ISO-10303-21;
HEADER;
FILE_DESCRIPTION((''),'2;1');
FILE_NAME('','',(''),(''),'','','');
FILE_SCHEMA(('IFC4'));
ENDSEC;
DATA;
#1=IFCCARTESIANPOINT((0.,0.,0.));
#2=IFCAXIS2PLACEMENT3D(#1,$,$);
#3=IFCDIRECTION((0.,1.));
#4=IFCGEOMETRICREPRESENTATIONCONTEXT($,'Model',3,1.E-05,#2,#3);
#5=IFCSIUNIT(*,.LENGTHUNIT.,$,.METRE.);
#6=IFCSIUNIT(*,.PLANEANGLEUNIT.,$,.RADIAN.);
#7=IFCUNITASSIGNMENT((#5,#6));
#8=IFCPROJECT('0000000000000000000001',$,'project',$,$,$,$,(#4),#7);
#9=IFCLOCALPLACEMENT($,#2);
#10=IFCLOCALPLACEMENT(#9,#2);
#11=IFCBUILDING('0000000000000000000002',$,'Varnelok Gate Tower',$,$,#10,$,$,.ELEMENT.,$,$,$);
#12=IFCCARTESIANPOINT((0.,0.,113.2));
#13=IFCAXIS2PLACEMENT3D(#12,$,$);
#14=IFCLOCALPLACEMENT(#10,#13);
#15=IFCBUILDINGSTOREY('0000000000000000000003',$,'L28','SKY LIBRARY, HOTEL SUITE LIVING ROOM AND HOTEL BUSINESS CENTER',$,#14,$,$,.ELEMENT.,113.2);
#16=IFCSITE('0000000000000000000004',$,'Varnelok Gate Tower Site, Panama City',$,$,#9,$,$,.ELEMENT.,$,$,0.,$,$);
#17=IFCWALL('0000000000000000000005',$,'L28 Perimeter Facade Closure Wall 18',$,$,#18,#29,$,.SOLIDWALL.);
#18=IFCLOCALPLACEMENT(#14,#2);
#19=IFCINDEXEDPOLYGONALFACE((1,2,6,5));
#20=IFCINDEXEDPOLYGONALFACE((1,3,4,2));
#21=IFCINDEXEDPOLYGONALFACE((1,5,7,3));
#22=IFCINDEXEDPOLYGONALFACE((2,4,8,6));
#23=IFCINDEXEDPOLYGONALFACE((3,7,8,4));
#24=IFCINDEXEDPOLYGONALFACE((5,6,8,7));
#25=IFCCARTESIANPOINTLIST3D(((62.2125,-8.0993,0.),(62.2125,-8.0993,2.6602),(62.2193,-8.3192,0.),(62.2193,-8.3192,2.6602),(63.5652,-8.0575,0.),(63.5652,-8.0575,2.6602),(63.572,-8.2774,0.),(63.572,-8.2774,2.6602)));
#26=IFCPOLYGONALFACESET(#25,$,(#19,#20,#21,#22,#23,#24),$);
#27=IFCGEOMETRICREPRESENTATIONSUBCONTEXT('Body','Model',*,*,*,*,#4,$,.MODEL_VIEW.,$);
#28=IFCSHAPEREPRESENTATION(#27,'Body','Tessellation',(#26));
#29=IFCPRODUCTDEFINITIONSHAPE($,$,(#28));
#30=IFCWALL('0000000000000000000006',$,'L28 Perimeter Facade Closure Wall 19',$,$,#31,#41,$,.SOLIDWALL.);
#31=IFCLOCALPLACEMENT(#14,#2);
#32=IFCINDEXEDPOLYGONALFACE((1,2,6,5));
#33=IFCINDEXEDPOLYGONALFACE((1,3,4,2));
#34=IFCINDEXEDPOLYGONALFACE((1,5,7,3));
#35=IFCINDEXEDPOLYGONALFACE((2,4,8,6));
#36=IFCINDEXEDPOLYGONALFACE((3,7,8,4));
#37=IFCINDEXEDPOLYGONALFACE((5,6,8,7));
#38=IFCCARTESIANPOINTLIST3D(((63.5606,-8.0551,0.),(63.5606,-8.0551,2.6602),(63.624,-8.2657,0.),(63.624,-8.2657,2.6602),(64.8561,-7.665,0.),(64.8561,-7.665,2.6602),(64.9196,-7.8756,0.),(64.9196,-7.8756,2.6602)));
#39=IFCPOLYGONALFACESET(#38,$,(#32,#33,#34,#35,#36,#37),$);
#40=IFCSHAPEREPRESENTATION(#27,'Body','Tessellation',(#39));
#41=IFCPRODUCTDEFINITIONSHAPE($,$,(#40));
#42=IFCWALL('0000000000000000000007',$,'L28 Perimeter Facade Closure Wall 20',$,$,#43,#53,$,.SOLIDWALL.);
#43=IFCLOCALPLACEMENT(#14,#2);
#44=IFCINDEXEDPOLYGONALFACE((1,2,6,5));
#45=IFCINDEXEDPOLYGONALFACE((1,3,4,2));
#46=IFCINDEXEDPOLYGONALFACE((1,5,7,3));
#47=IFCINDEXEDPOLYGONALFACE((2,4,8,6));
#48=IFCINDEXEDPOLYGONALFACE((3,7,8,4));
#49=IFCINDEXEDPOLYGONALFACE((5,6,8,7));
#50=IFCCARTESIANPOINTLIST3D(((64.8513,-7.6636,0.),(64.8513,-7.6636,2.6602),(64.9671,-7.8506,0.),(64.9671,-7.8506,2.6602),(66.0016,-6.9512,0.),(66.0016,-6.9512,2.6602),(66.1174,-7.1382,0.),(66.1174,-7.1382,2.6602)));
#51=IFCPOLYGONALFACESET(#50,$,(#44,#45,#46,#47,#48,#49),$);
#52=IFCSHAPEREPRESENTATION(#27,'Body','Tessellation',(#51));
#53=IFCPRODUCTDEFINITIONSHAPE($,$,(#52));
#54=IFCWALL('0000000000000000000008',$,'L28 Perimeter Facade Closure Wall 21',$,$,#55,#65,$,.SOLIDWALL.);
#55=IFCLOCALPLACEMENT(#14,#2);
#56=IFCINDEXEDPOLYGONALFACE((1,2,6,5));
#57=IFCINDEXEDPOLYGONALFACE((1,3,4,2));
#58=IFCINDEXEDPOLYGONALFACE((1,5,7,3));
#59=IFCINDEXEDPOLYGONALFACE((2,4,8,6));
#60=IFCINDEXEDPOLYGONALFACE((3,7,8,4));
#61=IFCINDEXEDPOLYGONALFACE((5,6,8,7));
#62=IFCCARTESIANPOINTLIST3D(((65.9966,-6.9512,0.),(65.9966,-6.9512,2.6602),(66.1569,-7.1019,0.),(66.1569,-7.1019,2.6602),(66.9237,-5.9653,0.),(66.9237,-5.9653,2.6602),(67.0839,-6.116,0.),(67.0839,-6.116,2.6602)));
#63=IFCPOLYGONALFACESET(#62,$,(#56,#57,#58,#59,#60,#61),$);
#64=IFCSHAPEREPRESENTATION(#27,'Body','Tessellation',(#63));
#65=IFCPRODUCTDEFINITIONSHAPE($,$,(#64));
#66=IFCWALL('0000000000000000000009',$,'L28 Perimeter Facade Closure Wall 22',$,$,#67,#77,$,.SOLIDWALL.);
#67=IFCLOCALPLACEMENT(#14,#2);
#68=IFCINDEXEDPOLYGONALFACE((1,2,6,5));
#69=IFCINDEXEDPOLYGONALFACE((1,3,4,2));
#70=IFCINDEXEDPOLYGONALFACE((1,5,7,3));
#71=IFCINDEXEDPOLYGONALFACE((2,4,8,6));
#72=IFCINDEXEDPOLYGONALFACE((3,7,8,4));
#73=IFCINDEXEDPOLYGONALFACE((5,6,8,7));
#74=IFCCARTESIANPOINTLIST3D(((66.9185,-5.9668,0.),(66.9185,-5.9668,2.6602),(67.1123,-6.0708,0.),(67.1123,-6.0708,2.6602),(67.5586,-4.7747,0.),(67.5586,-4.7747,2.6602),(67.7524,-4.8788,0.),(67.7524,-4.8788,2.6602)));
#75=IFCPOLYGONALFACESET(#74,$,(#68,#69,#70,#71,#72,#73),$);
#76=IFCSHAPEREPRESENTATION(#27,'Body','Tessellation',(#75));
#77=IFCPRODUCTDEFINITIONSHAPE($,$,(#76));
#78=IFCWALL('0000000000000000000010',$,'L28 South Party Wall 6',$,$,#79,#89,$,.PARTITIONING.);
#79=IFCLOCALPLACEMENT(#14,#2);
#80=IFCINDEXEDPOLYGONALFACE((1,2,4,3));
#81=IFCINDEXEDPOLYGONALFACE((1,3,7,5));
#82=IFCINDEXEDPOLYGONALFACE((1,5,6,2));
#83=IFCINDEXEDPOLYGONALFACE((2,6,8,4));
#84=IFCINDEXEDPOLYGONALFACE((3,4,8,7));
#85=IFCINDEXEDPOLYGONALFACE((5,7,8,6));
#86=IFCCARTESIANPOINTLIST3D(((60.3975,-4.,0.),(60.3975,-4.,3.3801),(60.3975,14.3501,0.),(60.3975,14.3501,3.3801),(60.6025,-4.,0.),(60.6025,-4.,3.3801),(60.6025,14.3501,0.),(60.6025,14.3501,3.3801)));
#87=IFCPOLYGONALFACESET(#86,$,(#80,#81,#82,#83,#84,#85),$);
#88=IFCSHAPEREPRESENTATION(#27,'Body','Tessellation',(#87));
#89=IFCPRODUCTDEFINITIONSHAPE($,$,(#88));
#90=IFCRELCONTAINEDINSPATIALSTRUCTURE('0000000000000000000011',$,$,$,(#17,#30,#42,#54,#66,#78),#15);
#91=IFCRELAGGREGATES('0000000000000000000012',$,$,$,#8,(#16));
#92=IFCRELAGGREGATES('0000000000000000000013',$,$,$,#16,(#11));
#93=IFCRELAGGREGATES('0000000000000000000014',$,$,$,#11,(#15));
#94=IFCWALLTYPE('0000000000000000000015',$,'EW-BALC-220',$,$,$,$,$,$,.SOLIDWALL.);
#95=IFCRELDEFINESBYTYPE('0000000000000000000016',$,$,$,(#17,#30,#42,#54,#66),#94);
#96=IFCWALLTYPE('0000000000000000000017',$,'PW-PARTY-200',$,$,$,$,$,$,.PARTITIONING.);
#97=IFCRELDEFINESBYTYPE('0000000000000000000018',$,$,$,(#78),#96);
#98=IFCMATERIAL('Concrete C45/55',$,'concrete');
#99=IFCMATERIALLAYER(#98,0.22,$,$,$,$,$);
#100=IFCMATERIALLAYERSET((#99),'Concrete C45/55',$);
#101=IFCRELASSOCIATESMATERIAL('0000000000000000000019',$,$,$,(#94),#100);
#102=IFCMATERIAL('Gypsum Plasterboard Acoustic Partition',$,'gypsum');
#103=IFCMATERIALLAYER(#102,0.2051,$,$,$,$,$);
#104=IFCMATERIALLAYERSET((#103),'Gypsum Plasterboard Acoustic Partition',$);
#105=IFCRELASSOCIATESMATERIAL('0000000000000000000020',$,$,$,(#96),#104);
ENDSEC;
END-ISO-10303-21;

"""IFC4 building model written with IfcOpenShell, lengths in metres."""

from ifc_helpers import new_model, si_unit, direction, frame, frame_2d, origin, place, context, subcontext, project, spatial, rectangle, extrude, material, layer, layer_set, type_object, element, save


model = new_model("IFC4")

# Units and contexts
model_context = context("Model", 3, precision=1e-05, world=origin(), true_north=direction((0.0, 1.0)))
body_context = subcontext(model_context, "Body", "Model", "MODEL_VIEW")
ifc_project = project(units=[si_unit("LENGTHUNIT", "METRE"), si_unit("PLANEANGLEUNIT", "RADIAN")], contexts=[model_context])

# Site, building, storey
site_placement = place(None, origin())
site = spatial("IfcSite", under=ifc_project, at=site_placement, Name="Varnelok Gate Tower Site, Panama City", CompositionType="ELEMENT", RefElevation=0.0)
building_placement = place(site_placement, origin())
building = spatial("IfcBuilding", under=site, at=building_placement, Name="Varnelok Gate Tower", CompositionType="ELEMENT")
storey_placement = place(building_placement, frame((0.0, 0.0, 113.2)))
storey = spatial("IfcBuildingStorey", under=building, at=storey_placement, Name="L28", Description="SKY LIBRARY, HOTEL SUITE LIVING ROOM AND HOTEL BUSINESS CENTER", CompositionType="ELEMENT", Elevation=113.2)

# Walls
ifc_material_1 = material(Name="Concrete C45/55", Category="concrete")
ifc_layer_1 = layer(ifc_material_1, 0.22)
ifc_layer_set_1 = layer_set([ifc_layer_1], Name="Concrete C45/55")
wall_type_1 = type_object("IfcWallType", Name="EW-BALC-220", PredefinedType="SOLIDWALL", material=ifc_layer_set_1)
wall_1_placement = place(storey_placement, frame((62.2158, -8.2092, 0.0), z_axis=(0.0, 0.0, 1.0), x_axis=(0.999524, 0.030852, 0.0)))
element("IfcWall", 1, at=wall_1_placement, inside=storey, type_object=wall_type_1, Name="L28 Perimeter Facade Closure Wall 18", PredefinedType="SOLIDWALL", context=body_context, shape_type="SweptSolid", body=[
    extrude(rectangle(XDim=1.3533, YDim=0.22, at=frame_2d((0.6768, 0.0))), origin(), (0.0, 0.0, 1.0), 2.6602),
])
for number, where, z_axis, x_axis, name in (
    (2, (63.5923, -8.1604, 0.0), (0.0, 0.0, 1.0), (0.957533, 0.288324, 0.0), "L28 Perimeter Facade Closure Wall 19"),
    (3, (64.9092, -7.7571, 0.0), (0.0, 0.0, 1.0), (0.850181, 0.526491, 0.0), "L28 Perimeter Facade Closure Wall 20"),
):
    element("IfcWall", number, at=place(storey_placement, frame(where, z_axis=z_axis, x_axis=x_axis)), inside=storey, type_object=wall_type_1, Name=name, PredefinedType="SOLIDWALL", context=body_context, shape_type="SweptSolid", body=[
        extrude(rectangle(XDim=1.353, YDim=0.22, at=frame_2d((0.6765, 0.0))), origin(), (0.0, 0.0, 1.0), 2.6602),
    ])
wall_2_placement = place(storey_placement, frame((66.0767, -7.0266, 0.0), z_axis=(0.0, 0.0, 1.0), x_axis=(0.685033, 0.728512, 0.0)))
element("IfcWall", 4, at=wall_2_placement, inside=storey, type_object=wall_type_1, Name="L28 Perimeter Facade Closure Wall 21", PredefinedType="SOLIDWALL", context=body_context, shape_type="SweptSolid", body=[
    extrude(rectangle(XDim=1.3533, YDim=0.22, at=frame_2d((0.6768, 0.0))), origin(), (0.0, 0.0, 1.0), 2.6602),
])
wall_3_placement = place(storey_placement, frame((67.0154, -6.0188, 0.0), z_axis=(0.0, 0.0, 1.0), x_axis=(0.473077, 0.881021, 0.0)))
element("IfcWall", 5, at=wall_3_placement, inside=storey, type_object=wall_type_1, Name="L28 Perimeter Facade Closure Wall 22", PredefinedType="SOLIDWALL", context=body_context, shape_type="SweptSolid", body=[
    extrude(rectangle(XDim=1.353, YDim=0.22, at=frame_2d((0.6765, 0.0))), origin(), (0.0, 0.0, 1.0), 2.6602),
])
ifc_material_2 = material(Name="Gypsum Plasterboard Acoustic Partition", Category="gypsum")
ifc_layer_2 = layer(ifc_material_2, 0.2051)
ifc_layer_set_2 = layer_set([ifc_layer_2], Name="Gypsum Plasterboard Acoustic Partition")
wall_type_2 = type_object("IfcWallType", Name="PW-PARTY-200", PredefinedType="PARTITIONING", material=ifc_layer_set_2)
wall_4_placement = place(storey_placement, frame((60.5, -4.0, 0.0), z_axis=(0.0, 0.0, 1.0), x_axis=(0.0, 1.0, 0.0)))
element("IfcWall", 6, at=wall_4_placement, inside=storey, type_object=wall_type_2, Name="L28 South Party Wall 6", PredefinedType="PARTITIONING", context=body_context, shape_type="SweptSolid", body=[
    extrude(rectangle(XDim=18.3501, YDim=0.2051, at=frame_2d((9.175, 0.0))), origin(), (0.0, 0.0, 1.0), 3.3801),
])

save(model, "model.ifc")
